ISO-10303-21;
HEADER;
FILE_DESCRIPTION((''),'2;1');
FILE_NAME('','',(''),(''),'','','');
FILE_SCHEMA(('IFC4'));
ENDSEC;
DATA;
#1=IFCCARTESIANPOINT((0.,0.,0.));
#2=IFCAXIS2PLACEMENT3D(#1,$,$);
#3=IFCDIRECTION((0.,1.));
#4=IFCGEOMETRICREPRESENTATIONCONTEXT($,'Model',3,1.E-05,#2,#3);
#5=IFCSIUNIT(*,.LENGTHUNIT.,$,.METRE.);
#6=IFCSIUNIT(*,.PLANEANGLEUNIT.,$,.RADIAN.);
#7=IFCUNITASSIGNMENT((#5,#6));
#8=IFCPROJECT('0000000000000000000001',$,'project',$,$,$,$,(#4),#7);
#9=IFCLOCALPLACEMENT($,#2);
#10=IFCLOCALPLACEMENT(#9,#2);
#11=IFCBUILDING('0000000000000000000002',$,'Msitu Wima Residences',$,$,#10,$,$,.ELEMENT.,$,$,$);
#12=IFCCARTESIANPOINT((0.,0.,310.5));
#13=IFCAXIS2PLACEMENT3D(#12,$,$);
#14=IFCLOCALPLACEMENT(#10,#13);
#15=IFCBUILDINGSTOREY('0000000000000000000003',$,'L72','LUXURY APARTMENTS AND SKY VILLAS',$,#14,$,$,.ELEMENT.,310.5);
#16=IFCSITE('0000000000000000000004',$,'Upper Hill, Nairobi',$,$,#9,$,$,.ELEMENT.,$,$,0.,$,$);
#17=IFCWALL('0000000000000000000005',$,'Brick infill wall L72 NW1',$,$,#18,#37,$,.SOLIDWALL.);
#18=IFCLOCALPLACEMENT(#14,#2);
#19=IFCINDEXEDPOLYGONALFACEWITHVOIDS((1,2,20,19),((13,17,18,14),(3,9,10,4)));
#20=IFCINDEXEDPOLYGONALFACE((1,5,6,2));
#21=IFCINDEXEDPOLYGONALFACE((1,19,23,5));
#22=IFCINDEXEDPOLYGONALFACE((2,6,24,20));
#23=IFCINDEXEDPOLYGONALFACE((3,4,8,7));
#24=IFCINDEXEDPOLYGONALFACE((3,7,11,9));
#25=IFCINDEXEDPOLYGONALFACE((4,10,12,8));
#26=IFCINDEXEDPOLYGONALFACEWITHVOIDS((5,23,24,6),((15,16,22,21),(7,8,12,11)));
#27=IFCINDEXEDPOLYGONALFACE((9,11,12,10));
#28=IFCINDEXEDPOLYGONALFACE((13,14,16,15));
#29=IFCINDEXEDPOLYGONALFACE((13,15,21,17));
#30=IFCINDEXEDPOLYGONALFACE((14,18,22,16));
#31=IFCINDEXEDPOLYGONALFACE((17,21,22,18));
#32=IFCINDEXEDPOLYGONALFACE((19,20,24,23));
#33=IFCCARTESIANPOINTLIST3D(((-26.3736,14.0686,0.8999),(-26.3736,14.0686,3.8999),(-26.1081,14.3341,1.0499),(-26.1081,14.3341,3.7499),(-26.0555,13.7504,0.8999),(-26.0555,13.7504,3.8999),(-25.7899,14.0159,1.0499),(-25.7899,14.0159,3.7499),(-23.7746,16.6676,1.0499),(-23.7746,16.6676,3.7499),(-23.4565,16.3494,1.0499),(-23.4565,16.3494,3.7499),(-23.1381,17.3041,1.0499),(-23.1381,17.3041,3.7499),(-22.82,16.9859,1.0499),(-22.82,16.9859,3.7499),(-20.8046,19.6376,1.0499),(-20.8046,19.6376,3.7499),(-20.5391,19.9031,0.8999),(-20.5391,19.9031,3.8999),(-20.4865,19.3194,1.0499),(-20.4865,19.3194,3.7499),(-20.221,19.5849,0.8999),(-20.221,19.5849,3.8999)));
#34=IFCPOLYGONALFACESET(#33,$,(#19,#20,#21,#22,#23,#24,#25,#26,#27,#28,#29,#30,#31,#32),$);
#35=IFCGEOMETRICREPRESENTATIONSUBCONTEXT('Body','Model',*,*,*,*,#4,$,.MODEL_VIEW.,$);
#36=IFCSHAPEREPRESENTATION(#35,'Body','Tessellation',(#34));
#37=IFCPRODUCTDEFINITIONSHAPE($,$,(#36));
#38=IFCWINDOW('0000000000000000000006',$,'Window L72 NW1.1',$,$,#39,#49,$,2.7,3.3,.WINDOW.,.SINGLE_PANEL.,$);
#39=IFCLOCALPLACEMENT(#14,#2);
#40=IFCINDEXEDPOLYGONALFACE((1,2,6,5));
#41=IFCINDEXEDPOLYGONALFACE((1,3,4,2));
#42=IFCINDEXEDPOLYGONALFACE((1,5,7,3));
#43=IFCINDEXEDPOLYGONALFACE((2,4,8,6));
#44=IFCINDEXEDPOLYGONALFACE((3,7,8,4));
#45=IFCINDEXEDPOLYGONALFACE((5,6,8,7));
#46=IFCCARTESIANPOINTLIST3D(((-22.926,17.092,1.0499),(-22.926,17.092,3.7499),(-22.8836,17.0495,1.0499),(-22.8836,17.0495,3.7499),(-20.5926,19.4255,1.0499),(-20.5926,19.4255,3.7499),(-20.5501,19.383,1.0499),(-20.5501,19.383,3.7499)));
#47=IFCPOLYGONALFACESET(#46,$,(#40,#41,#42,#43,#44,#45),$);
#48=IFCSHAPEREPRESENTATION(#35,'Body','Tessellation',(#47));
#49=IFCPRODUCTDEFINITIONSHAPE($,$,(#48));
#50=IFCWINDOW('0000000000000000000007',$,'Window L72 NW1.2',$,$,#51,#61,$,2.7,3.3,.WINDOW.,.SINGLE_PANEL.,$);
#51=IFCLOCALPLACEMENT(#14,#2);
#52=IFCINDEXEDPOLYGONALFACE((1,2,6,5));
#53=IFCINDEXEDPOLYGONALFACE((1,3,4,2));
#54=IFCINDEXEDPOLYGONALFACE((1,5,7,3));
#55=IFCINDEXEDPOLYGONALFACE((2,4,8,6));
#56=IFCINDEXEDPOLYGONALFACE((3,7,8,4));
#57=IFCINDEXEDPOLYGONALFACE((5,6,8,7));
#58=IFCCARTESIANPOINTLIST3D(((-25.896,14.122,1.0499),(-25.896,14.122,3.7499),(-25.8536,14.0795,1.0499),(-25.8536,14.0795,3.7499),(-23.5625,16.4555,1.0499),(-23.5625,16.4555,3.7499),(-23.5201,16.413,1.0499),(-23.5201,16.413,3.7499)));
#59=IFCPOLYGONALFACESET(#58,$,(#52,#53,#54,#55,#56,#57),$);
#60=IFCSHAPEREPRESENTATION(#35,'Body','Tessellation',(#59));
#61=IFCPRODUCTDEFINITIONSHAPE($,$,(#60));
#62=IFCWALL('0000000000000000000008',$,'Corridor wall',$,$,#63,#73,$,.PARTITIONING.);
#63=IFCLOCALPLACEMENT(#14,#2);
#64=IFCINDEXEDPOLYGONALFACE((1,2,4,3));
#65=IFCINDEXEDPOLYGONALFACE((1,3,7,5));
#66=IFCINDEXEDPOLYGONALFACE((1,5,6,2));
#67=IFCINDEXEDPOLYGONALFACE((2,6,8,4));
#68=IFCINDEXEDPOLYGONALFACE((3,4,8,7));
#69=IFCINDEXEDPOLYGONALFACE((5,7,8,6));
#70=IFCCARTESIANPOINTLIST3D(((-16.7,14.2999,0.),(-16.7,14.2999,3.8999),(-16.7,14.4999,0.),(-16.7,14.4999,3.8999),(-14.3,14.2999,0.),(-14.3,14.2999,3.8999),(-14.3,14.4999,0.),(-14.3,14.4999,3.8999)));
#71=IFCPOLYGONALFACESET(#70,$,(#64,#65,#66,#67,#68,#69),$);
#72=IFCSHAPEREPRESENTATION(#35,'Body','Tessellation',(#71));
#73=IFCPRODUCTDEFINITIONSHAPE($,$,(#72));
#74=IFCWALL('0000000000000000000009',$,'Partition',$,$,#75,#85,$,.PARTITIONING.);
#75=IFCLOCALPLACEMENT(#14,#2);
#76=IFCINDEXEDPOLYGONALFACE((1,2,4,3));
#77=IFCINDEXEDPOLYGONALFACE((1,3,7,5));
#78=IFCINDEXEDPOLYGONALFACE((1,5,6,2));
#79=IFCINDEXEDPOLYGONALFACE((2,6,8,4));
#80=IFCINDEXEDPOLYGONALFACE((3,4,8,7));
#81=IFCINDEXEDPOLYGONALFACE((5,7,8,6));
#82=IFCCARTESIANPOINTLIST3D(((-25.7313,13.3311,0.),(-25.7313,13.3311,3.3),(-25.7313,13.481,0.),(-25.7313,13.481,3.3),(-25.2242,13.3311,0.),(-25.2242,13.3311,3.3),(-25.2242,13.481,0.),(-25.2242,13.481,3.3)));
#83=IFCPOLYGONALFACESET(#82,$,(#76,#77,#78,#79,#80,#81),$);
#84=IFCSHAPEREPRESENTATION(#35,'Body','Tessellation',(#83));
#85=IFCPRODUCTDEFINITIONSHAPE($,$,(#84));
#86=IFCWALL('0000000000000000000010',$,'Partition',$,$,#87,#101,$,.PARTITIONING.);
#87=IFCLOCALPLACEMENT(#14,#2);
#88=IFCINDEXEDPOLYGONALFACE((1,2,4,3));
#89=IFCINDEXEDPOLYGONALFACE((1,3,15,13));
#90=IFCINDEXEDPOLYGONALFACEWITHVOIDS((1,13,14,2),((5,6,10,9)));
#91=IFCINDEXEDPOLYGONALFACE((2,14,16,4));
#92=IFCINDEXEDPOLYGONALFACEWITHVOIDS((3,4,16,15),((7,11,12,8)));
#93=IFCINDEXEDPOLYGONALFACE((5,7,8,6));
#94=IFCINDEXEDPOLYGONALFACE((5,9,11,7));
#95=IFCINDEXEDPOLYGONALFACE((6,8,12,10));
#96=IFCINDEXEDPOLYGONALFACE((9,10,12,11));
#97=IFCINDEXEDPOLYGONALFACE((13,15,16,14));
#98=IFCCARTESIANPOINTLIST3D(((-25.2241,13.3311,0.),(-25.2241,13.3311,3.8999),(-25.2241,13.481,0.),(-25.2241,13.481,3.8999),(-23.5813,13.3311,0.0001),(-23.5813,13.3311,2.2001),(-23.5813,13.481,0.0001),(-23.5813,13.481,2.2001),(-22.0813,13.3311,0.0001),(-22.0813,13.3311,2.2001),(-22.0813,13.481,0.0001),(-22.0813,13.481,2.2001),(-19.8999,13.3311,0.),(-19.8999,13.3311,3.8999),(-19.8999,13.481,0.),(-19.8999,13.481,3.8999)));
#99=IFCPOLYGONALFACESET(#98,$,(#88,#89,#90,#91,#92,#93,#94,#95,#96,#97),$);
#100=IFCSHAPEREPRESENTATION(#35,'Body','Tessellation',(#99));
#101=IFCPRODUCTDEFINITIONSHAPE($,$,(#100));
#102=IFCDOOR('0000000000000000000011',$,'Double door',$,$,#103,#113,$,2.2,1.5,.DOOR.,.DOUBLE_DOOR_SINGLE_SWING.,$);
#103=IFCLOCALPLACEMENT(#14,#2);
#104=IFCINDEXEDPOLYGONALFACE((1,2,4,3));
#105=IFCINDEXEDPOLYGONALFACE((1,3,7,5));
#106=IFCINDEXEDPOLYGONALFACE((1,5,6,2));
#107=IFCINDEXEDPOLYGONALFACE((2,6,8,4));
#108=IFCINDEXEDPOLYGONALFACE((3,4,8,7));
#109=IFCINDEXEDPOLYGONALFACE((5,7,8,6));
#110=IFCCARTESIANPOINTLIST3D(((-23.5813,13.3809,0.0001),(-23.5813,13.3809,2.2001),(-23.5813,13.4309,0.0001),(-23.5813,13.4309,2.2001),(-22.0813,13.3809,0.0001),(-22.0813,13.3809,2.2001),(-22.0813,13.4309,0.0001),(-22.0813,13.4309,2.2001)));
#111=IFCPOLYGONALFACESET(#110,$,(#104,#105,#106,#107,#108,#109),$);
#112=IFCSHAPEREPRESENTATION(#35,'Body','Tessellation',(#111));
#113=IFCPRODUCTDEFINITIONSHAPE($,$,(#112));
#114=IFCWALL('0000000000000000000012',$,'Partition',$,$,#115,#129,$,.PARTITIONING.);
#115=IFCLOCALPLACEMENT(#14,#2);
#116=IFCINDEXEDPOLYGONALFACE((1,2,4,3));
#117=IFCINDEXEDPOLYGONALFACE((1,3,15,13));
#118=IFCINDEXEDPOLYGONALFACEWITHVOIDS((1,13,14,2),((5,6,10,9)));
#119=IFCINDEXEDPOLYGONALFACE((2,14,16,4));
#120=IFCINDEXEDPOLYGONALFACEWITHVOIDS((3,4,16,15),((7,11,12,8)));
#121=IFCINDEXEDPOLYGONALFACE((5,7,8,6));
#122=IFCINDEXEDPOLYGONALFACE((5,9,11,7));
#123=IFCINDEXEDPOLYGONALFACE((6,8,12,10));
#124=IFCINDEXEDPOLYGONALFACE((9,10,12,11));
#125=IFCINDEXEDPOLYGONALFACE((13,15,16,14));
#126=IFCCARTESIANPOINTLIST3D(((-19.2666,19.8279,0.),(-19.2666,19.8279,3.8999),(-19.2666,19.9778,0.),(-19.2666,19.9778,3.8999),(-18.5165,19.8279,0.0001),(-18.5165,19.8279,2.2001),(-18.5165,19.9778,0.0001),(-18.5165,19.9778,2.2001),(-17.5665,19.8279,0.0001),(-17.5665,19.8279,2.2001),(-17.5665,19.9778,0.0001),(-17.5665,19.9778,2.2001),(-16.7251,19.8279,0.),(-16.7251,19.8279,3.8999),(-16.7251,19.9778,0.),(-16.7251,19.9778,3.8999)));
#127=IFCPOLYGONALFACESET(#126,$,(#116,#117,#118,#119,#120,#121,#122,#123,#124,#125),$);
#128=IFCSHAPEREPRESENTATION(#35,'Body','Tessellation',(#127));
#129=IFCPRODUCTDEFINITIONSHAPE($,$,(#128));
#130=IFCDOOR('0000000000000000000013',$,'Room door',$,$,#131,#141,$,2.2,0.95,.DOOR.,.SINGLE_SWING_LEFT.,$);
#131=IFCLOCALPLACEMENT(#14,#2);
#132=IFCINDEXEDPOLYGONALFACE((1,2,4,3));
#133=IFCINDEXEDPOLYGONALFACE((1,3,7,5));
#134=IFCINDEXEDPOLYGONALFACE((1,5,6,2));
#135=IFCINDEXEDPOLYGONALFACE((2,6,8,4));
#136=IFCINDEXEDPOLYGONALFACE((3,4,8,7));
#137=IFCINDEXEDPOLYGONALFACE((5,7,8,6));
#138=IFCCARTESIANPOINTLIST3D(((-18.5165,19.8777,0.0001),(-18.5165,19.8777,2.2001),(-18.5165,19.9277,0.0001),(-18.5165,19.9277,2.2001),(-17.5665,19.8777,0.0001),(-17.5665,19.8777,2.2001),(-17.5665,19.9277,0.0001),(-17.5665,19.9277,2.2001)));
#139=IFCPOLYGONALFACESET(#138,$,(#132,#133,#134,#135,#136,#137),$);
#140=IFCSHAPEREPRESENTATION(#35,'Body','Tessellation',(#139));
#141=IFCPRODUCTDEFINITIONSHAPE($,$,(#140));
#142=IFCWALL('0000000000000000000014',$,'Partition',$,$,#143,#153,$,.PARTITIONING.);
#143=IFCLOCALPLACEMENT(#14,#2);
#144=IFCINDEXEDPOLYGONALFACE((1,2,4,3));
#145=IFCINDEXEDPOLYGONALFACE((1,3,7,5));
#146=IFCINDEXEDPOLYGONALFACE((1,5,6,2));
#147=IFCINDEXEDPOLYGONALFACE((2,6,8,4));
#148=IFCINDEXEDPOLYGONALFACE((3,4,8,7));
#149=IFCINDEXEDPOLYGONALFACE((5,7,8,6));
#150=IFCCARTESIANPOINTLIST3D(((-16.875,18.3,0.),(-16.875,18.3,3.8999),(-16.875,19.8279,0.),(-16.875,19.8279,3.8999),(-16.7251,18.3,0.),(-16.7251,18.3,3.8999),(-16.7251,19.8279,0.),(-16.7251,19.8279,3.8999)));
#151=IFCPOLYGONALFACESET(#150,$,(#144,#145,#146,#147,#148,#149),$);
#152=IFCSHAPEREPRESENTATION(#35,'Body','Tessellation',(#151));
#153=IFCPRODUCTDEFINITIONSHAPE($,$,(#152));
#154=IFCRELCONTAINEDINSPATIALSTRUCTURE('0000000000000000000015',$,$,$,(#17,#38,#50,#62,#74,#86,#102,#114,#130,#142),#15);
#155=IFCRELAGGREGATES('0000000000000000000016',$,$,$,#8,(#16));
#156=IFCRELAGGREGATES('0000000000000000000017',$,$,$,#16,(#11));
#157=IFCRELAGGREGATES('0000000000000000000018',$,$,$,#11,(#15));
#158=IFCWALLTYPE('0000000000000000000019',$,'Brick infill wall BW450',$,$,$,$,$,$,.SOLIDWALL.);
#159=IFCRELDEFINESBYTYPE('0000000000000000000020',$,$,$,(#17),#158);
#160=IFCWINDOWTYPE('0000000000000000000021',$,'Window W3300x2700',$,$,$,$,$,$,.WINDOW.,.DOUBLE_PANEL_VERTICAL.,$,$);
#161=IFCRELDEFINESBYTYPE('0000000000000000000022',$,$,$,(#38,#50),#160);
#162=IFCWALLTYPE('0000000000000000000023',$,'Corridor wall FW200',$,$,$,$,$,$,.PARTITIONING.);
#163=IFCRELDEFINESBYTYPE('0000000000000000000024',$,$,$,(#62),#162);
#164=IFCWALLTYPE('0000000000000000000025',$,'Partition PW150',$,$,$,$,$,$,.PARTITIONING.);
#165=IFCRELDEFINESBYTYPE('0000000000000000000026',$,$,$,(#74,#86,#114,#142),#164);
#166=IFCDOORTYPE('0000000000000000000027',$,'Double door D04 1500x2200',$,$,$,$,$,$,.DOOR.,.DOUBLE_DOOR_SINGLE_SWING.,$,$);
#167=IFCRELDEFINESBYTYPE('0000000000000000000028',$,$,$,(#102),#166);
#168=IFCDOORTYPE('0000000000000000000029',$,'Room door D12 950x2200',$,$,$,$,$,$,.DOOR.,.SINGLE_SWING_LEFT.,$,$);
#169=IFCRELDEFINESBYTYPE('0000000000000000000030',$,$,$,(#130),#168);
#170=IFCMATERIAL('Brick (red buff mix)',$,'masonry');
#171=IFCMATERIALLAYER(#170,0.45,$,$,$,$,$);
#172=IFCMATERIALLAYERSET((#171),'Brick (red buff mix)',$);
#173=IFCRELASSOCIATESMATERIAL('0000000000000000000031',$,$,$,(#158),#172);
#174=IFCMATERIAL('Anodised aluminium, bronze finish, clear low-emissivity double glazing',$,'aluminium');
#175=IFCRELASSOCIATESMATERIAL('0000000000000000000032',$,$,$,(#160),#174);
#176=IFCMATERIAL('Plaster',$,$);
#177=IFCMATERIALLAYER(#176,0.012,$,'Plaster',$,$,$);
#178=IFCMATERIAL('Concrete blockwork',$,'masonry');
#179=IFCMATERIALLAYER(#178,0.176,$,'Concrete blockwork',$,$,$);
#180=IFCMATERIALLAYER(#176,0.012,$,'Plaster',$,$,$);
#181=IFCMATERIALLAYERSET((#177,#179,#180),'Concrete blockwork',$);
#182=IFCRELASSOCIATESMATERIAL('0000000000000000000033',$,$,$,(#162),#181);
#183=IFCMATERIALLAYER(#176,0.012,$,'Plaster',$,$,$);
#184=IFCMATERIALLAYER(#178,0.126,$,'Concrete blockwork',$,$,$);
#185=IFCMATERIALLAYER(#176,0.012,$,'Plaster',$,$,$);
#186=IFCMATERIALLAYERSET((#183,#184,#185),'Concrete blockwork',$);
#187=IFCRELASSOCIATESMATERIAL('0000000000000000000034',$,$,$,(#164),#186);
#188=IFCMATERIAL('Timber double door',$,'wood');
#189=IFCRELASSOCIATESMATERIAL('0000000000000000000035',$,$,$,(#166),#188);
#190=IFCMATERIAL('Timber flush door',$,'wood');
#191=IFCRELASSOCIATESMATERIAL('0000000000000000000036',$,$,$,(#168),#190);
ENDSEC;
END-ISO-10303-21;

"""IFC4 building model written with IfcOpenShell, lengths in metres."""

from ifc_helpers import new_model, si_unit, direction, frame, frame_2d, origin, place, context, subcontext, project, spatial, rectangle, extrude, material, layer, layer_set, type_object, element, fill, save


model = new_model("IFC4")

# Units and contexts
model_context = context("Model", 3, precision=1e-05, world=origin(), true_north=direction((0.0, 1.0)))
body_context = subcontext(model_context, "Body", "Model", "MODEL_VIEW")
ifc_project = project(units=[si_unit("LENGTHUNIT", "METRE"), si_unit("PLANEANGLEUNIT", "RADIAN")], contexts=[model_context])

# Site, building, storey
site_placement = place(None, origin())
site = spatial("IfcSite", under=ifc_project, at=site_placement, Name="Upper Hill, Nairobi", CompositionType="ELEMENT", RefElevation=0.0)
building_placement = place(site_placement, origin())
building = spatial("IfcBuilding", under=site, at=building_placement, Name="Msitu Wima Residences", CompositionType="ELEMENT")
storey_placement = place(building_placement, frame((0.0, 0.0, 310.5)))
storey = spatial("IfcBuildingStorey", under=building, at=storey_placement, Name="L72", Description="LUXURY APARTMENTS AND SKY VILLAS", CompositionType="ELEMENT", Elevation=310.5)

# Wall, openings, windows
ifc_material_1 = material(Name="Brick (red buff mix)", Category="masonry")
ifc_layer_1 = layer(ifc_material_1, 0.45)
ifc_layer_set_1 = layer_set([ifc_layer_1], Name="Brick (red buff mix)")
wall_type_1 = type_object("IfcWallType", Name="Brick infill wall BW450", PredefinedType="SOLIDWALL", material=ifc_layer_set_1)
wall_1_placement = place(storey_placement, frame((-20.3801, 19.7439, 0.8999), z_axis=(0.0, 0.0, 1.0), x_axis=(-0.707107, -0.707107, 0.0)))
wall_1 = element("IfcWall", 1, at=wall_1_placement, inside=storey, type_object=wall_type_1, Name="Brick infill wall L72 NW1", PredefinedType="SOLIDWALL", context=body_context, shape_type="SweptSolid", body=[
    extrude(rectangle(XDim=8.2512, YDim=0.45, at=frame_2d((4.1255, 0.0))), origin(), (0.0, 0.0, 1.0), 3.0),
])
opening_1_placement = place(wall_1_placement, frame((0.3755, 0.0, 0.1499)))
opening_1 = element("IfcOpeningElement", 2, at=opening_1_placement, cuts=wall_1, PredefinedType="OPENING", context=body_context, shape_type="SweptSolid", body=[
    extrude(rectangle(XDim=3.3, YDim=2.7, at=frame_2d((1.6499, 1.3501))), frame((0.0, 0.2349, 0.0), z_axis=(0.0, -1.0, 0.0), x_axis=(1.0, 0.0, 0.0)), (0.0, 0.0, 1.0), 0.47),
])
opening_2_placement = place(wall_1_placement, frame((4.5757, 0.0, 0.1499)))
opening_2 = element("IfcOpeningElement", 3, at=opening_2_placement, cuts=wall_1, PredefinedType="OPENING", context=body_context, shape_type="SweptSolid", body=[
    extrude(rectangle(XDim=3.3, YDim=2.7, at=frame_2d((1.6499, 1.3501))), frame((0.0, 0.2349, 0.0), z_axis=(0.0, -1.0, 0.0), x_axis=(1.0, 0.0, 0.0)), (0.0, 0.0, 1.0), 0.47),
])
ifc_material_2 = material(Name="Anodised aluminium, bronze finish, clear low-emissivity double glazing", Category="aluminium")
window_type = type_object("IfcWindowType", Name="Window W3300x2700", PartitioningType="DOUBLE_PANEL_VERTICAL", PredefinedType="WINDOW", material=ifc_material_2)
window_1_placement = place(opening_1_placement, origin())
window_1 = element("IfcWindow", 4, at=window_1_placement, inside=storey, type_object=window_type, Name="Window L72 NW1.1", OverallHeight=2.7, OverallWidth=3.3, PartitioningType="SINGLE_PANEL", PredefinedType="WINDOW", context=body_context, shape_type="SweptSolid", body=[
    extrude(rectangle(XDim=3.3, YDim=2.7, at=frame_2d((1.6499, 1.3501))), frame((0.0, 0.135, 0.0), z_axis=(0.0, -1.0, 0.0), x_axis=(1.0, 0.0, 0.0)), (0.0, 0.0, 1.0), 0.0601),
])
fill(opening_1, window_1)
window_2_placement = place(opening_2_placement, origin())
window_2 = element("IfcWindow", 5, at=window_2_placement, inside=storey, type_object=window_type, Name="Window L72 NW1.2", OverallHeight=2.7, OverallWidth=3.3, PartitioningType="SINGLE_PANEL", PredefinedType="WINDOW", context=body_context, shape_type="SweptSolid", body=[
    extrude(rectangle(XDim=3.3, YDim=2.7, at=frame_2d((1.6499, 1.3501))), frame((0.0, 0.135, 0.0), z_axis=(0.0, -1.0, 0.0), x_axis=(1.0, 0.0, 0.0)), (0.0, 0.0, 1.0), 0.0601),
])
fill(opening_2, window_2)

# Walls
ifc_material_3 = material(Name="Plaster")
ifc_layer_2 = layer(ifc_material_3, 0.012, Name="Plaster")
ifc_material_4 = material(Name="Concrete blockwork", Category="masonry")
ifc_layer_3 = layer(ifc_material_4, 0.176, Name="Concrete blockwork")
ifc_layer_4 = layer(ifc_material_3, 0.012, Name="Plaster")
ifc_layer_set_2 = layer_set([ifc_layer_2, ifc_layer_3, ifc_layer_4], Name="Concrete blockwork")
wall_type_2 = type_object("IfcWallType", Name="Corridor wall FW200", PredefinedType="PARTITIONING", material=ifc_layer_set_2)
wall_2_placement = place(storey_placement, frame((-16.7, 14.3999, 0.0), z_axis=(0.0, 0.0, 1.0), x_axis=(1.0, 0.0, 0.0)))
element("IfcWall", 6, at=wall_2_placement, inside=storey, type_object=wall_type_2, Name="Corridor wall", PredefinedType="PARTITIONING", context=body_context, shape_type="SweptSolid", body=[
    extrude(rectangle(XDim=2.3999, YDim=0.2, at=frame_2d((1.2, 0.0))), origin(), (0.0, 0.0, 1.0), 3.8999),
])
ifc_layer_5 = layer(ifc_material_3, 0.012, Name="Plaster")
ifc_layer_6 = layer(ifc_material_4, 0.126, Name="Concrete blockwork")
ifc_layer_7 = layer(ifc_material_3, 0.012, Name="Plaster")
ifc_layer_set_3 = layer_set([ifc_layer_5, ifc_layer_6, ifc_layer_7], Name="Concrete blockwork")
wall_type_3 = type_object("IfcWallType", Name="Partition PW150", PredefinedType="PARTITIONING", material=ifc_layer_set_3)
wall_3_placement = place(storey_placement, frame((-25.7312, 13.406, 0.0), z_axis=(0.0, 0.0, 1.0), x_axis=(1.0, 0.0, 0.0)))
element("IfcWall", 7, at=wall_3_placement, inside=storey, type_object=wall_type_3, Name="Partition", PredefinedType="PARTITIONING", context=body_context, shape_type="SweptSolid", body=[
    extrude(rectangle(XDim=0.5071, YDim=0.1499, at=frame_2d((0.2534, 0.0))), origin(), (0.0, 0.0, 1.0), 3.3),
])

# Walls, openings, doors
wall_4_placement = place(storey_placement, frame((-25.2241, 13.406, 0.0), z_axis=(0.0, 0.0, 1.0), x_axis=(1.0, 0.0, 0.0)))
wall_4 = element("IfcWall", 8, at=wall_4_placement, inside=storey, type_object=wall_type_3, Name="Partition", PredefinedType="PARTITIONING", context=body_context, shape_type="SweptSolid", body=[
    extrude(rectangle(XDim=5.3242, YDim=0.1499, at=frame_2d((2.6621, 0.0))), origin(), (0.0, 0.0, 1.0), 3.8999),
])
opening_3_placement = place(wall_4_placement, frame((1.6428, 0.0, 0.0)))
opening_3 = element("IfcOpeningElement", 9, at=opening_3_placement, cuts=wall_4, PredefinedType="OPENING", context=body_context, shape_type="SweptSolid", body=[
    extrude(rectangle(XDim=1.5, YDim=2.2, at=frame_2d((0.75, 1.1001))), frame((0.0, 0.085, 0.0), z_axis=(0.0, -1.0, 0.0), x_axis=(1.0, 0.0, 0.0)), (0.0, 0.0, 1.0), 0.1699),
])
ifc_material_5 = material(Name="Timber double door", Category="wood")
door_type_1 = type_object("IfcDoorType", Name="Double door D04 1500x2200", OperationType="DOUBLE_DOOR_SINGLE_SWING", PredefinedType="DOOR", material=ifc_material_5)
door_1_placement = place(opening_3_placement, origin())
door_1 = element("IfcDoor", 10, at=door_1_placement, inside=storey, type_object=door_type_1, Name="Double door", OperationType="DOUBLE_DOOR_SINGLE_SWING", OverallHeight=2.2, OverallWidth=1.5, PredefinedType="DOOR", context=body_context, shape_type="SweptSolid", body=[
    extrude(rectangle(XDim=1.5, YDim=2.2, at=frame_2d((0.75, 1.1001))), frame((0.0, 0.0249, 0.0), z_axis=(0.0, -1.0, 0.0), x_axis=(1.0, 0.0, 0.0)), (0.0, 0.0, 1.0), 0.05),
])
fill(opening_3, door_1)
wall_5_placement = place(storey_placement, frame((-19.2666, 19.9028, 0.0), z_axis=(0.0, 0.0, 1.0), x_axis=(1.0, 0.0, 0.0)))
wall_5 = element("IfcWall", 11, at=wall_5_placement, inside=storey, type_object=wall_type_3, Name="Partition", PredefinedType="PARTITIONING", context=body_context, shape_type="SweptSolid", body=[
    extrude(rectangle(XDim=2.5415, YDim=0.1499, at=frame_2d((1.2708, 0.0))), origin(), (0.0, 0.0, 1.0), 3.8999),
])
opening_4_placement = place(wall_5_placement, frame((0.75, 0.0, 0.0)))
opening_4 = element("IfcOpeningElement", 12, at=opening_4_placement, cuts=wall_5, PredefinedType="OPENING", context=body_context, shape_type="SweptSolid", body=[
    extrude(rectangle(XDim=0.95, YDim=2.2, at=frame_2d((0.4751, 1.1001))), frame((0.0, 0.085, 0.0), z_axis=(0.0, -1.0, 0.0), x_axis=(1.0, 0.0, 0.0)), (0.0, 0.0, 1.0), 0.1699),
])
ifc_material_6 = material(Name="Timber flush door", Category="wood")
door_type_2 = type_object("IfcDoorType", Name="Room door D12 950x2200", OperationType="SINGLE_SWING_LEFT", PredefinedType="DOOR", material=ifc_material_6)
door_2_placement = place(opening_4_placement, origin())
door_2 = element("IfcDoor", 13, at=door_2_placement, inside=storey, type_object=door_type_2, Name="Room door", OperationType="SINGLE_SWING_LEFT", OverallHeight=2.2, OverallWidth=0.95, PredefinedType="DOOR", context=body_context, shape_type="SweptSolid", body=[
    extrude(rectangle(XDim=0.95, YDim=2.2, at=frame_2d((0.4751, 1.1001))), frame((0.0, 0.0249, 0.0), z_axis=(0.0, -1.0, 0.0), x_axis=(1.0, 0.0, 0.0)), (0.0, 0.0, 1.0), 0.05),
])
fill(opening_4, door_2)

# Wall
wall_6_placement = place(storey_placement, frame((-16.8, 18.3, 0.0), z_axis=(0.0, 0.0, 1.0), x_axis=(0.0, 1.0, 0.0)))
element("IfcWall", 14, at=wall_6_placement, inside=storey, type_object=wall_type_3, Name="Partition", PredefinedType="PARTITIONING", context=body_context, shape_type="SweptSolid", body=[
    extrude(rectangle(XDim=1.5278, YDim=0.1499, at=frame_2d((0.7639, 0.0))), origin(), (0.0, 0.0, 1.0), 3.8999),
])

save(model, "model.ifc")
